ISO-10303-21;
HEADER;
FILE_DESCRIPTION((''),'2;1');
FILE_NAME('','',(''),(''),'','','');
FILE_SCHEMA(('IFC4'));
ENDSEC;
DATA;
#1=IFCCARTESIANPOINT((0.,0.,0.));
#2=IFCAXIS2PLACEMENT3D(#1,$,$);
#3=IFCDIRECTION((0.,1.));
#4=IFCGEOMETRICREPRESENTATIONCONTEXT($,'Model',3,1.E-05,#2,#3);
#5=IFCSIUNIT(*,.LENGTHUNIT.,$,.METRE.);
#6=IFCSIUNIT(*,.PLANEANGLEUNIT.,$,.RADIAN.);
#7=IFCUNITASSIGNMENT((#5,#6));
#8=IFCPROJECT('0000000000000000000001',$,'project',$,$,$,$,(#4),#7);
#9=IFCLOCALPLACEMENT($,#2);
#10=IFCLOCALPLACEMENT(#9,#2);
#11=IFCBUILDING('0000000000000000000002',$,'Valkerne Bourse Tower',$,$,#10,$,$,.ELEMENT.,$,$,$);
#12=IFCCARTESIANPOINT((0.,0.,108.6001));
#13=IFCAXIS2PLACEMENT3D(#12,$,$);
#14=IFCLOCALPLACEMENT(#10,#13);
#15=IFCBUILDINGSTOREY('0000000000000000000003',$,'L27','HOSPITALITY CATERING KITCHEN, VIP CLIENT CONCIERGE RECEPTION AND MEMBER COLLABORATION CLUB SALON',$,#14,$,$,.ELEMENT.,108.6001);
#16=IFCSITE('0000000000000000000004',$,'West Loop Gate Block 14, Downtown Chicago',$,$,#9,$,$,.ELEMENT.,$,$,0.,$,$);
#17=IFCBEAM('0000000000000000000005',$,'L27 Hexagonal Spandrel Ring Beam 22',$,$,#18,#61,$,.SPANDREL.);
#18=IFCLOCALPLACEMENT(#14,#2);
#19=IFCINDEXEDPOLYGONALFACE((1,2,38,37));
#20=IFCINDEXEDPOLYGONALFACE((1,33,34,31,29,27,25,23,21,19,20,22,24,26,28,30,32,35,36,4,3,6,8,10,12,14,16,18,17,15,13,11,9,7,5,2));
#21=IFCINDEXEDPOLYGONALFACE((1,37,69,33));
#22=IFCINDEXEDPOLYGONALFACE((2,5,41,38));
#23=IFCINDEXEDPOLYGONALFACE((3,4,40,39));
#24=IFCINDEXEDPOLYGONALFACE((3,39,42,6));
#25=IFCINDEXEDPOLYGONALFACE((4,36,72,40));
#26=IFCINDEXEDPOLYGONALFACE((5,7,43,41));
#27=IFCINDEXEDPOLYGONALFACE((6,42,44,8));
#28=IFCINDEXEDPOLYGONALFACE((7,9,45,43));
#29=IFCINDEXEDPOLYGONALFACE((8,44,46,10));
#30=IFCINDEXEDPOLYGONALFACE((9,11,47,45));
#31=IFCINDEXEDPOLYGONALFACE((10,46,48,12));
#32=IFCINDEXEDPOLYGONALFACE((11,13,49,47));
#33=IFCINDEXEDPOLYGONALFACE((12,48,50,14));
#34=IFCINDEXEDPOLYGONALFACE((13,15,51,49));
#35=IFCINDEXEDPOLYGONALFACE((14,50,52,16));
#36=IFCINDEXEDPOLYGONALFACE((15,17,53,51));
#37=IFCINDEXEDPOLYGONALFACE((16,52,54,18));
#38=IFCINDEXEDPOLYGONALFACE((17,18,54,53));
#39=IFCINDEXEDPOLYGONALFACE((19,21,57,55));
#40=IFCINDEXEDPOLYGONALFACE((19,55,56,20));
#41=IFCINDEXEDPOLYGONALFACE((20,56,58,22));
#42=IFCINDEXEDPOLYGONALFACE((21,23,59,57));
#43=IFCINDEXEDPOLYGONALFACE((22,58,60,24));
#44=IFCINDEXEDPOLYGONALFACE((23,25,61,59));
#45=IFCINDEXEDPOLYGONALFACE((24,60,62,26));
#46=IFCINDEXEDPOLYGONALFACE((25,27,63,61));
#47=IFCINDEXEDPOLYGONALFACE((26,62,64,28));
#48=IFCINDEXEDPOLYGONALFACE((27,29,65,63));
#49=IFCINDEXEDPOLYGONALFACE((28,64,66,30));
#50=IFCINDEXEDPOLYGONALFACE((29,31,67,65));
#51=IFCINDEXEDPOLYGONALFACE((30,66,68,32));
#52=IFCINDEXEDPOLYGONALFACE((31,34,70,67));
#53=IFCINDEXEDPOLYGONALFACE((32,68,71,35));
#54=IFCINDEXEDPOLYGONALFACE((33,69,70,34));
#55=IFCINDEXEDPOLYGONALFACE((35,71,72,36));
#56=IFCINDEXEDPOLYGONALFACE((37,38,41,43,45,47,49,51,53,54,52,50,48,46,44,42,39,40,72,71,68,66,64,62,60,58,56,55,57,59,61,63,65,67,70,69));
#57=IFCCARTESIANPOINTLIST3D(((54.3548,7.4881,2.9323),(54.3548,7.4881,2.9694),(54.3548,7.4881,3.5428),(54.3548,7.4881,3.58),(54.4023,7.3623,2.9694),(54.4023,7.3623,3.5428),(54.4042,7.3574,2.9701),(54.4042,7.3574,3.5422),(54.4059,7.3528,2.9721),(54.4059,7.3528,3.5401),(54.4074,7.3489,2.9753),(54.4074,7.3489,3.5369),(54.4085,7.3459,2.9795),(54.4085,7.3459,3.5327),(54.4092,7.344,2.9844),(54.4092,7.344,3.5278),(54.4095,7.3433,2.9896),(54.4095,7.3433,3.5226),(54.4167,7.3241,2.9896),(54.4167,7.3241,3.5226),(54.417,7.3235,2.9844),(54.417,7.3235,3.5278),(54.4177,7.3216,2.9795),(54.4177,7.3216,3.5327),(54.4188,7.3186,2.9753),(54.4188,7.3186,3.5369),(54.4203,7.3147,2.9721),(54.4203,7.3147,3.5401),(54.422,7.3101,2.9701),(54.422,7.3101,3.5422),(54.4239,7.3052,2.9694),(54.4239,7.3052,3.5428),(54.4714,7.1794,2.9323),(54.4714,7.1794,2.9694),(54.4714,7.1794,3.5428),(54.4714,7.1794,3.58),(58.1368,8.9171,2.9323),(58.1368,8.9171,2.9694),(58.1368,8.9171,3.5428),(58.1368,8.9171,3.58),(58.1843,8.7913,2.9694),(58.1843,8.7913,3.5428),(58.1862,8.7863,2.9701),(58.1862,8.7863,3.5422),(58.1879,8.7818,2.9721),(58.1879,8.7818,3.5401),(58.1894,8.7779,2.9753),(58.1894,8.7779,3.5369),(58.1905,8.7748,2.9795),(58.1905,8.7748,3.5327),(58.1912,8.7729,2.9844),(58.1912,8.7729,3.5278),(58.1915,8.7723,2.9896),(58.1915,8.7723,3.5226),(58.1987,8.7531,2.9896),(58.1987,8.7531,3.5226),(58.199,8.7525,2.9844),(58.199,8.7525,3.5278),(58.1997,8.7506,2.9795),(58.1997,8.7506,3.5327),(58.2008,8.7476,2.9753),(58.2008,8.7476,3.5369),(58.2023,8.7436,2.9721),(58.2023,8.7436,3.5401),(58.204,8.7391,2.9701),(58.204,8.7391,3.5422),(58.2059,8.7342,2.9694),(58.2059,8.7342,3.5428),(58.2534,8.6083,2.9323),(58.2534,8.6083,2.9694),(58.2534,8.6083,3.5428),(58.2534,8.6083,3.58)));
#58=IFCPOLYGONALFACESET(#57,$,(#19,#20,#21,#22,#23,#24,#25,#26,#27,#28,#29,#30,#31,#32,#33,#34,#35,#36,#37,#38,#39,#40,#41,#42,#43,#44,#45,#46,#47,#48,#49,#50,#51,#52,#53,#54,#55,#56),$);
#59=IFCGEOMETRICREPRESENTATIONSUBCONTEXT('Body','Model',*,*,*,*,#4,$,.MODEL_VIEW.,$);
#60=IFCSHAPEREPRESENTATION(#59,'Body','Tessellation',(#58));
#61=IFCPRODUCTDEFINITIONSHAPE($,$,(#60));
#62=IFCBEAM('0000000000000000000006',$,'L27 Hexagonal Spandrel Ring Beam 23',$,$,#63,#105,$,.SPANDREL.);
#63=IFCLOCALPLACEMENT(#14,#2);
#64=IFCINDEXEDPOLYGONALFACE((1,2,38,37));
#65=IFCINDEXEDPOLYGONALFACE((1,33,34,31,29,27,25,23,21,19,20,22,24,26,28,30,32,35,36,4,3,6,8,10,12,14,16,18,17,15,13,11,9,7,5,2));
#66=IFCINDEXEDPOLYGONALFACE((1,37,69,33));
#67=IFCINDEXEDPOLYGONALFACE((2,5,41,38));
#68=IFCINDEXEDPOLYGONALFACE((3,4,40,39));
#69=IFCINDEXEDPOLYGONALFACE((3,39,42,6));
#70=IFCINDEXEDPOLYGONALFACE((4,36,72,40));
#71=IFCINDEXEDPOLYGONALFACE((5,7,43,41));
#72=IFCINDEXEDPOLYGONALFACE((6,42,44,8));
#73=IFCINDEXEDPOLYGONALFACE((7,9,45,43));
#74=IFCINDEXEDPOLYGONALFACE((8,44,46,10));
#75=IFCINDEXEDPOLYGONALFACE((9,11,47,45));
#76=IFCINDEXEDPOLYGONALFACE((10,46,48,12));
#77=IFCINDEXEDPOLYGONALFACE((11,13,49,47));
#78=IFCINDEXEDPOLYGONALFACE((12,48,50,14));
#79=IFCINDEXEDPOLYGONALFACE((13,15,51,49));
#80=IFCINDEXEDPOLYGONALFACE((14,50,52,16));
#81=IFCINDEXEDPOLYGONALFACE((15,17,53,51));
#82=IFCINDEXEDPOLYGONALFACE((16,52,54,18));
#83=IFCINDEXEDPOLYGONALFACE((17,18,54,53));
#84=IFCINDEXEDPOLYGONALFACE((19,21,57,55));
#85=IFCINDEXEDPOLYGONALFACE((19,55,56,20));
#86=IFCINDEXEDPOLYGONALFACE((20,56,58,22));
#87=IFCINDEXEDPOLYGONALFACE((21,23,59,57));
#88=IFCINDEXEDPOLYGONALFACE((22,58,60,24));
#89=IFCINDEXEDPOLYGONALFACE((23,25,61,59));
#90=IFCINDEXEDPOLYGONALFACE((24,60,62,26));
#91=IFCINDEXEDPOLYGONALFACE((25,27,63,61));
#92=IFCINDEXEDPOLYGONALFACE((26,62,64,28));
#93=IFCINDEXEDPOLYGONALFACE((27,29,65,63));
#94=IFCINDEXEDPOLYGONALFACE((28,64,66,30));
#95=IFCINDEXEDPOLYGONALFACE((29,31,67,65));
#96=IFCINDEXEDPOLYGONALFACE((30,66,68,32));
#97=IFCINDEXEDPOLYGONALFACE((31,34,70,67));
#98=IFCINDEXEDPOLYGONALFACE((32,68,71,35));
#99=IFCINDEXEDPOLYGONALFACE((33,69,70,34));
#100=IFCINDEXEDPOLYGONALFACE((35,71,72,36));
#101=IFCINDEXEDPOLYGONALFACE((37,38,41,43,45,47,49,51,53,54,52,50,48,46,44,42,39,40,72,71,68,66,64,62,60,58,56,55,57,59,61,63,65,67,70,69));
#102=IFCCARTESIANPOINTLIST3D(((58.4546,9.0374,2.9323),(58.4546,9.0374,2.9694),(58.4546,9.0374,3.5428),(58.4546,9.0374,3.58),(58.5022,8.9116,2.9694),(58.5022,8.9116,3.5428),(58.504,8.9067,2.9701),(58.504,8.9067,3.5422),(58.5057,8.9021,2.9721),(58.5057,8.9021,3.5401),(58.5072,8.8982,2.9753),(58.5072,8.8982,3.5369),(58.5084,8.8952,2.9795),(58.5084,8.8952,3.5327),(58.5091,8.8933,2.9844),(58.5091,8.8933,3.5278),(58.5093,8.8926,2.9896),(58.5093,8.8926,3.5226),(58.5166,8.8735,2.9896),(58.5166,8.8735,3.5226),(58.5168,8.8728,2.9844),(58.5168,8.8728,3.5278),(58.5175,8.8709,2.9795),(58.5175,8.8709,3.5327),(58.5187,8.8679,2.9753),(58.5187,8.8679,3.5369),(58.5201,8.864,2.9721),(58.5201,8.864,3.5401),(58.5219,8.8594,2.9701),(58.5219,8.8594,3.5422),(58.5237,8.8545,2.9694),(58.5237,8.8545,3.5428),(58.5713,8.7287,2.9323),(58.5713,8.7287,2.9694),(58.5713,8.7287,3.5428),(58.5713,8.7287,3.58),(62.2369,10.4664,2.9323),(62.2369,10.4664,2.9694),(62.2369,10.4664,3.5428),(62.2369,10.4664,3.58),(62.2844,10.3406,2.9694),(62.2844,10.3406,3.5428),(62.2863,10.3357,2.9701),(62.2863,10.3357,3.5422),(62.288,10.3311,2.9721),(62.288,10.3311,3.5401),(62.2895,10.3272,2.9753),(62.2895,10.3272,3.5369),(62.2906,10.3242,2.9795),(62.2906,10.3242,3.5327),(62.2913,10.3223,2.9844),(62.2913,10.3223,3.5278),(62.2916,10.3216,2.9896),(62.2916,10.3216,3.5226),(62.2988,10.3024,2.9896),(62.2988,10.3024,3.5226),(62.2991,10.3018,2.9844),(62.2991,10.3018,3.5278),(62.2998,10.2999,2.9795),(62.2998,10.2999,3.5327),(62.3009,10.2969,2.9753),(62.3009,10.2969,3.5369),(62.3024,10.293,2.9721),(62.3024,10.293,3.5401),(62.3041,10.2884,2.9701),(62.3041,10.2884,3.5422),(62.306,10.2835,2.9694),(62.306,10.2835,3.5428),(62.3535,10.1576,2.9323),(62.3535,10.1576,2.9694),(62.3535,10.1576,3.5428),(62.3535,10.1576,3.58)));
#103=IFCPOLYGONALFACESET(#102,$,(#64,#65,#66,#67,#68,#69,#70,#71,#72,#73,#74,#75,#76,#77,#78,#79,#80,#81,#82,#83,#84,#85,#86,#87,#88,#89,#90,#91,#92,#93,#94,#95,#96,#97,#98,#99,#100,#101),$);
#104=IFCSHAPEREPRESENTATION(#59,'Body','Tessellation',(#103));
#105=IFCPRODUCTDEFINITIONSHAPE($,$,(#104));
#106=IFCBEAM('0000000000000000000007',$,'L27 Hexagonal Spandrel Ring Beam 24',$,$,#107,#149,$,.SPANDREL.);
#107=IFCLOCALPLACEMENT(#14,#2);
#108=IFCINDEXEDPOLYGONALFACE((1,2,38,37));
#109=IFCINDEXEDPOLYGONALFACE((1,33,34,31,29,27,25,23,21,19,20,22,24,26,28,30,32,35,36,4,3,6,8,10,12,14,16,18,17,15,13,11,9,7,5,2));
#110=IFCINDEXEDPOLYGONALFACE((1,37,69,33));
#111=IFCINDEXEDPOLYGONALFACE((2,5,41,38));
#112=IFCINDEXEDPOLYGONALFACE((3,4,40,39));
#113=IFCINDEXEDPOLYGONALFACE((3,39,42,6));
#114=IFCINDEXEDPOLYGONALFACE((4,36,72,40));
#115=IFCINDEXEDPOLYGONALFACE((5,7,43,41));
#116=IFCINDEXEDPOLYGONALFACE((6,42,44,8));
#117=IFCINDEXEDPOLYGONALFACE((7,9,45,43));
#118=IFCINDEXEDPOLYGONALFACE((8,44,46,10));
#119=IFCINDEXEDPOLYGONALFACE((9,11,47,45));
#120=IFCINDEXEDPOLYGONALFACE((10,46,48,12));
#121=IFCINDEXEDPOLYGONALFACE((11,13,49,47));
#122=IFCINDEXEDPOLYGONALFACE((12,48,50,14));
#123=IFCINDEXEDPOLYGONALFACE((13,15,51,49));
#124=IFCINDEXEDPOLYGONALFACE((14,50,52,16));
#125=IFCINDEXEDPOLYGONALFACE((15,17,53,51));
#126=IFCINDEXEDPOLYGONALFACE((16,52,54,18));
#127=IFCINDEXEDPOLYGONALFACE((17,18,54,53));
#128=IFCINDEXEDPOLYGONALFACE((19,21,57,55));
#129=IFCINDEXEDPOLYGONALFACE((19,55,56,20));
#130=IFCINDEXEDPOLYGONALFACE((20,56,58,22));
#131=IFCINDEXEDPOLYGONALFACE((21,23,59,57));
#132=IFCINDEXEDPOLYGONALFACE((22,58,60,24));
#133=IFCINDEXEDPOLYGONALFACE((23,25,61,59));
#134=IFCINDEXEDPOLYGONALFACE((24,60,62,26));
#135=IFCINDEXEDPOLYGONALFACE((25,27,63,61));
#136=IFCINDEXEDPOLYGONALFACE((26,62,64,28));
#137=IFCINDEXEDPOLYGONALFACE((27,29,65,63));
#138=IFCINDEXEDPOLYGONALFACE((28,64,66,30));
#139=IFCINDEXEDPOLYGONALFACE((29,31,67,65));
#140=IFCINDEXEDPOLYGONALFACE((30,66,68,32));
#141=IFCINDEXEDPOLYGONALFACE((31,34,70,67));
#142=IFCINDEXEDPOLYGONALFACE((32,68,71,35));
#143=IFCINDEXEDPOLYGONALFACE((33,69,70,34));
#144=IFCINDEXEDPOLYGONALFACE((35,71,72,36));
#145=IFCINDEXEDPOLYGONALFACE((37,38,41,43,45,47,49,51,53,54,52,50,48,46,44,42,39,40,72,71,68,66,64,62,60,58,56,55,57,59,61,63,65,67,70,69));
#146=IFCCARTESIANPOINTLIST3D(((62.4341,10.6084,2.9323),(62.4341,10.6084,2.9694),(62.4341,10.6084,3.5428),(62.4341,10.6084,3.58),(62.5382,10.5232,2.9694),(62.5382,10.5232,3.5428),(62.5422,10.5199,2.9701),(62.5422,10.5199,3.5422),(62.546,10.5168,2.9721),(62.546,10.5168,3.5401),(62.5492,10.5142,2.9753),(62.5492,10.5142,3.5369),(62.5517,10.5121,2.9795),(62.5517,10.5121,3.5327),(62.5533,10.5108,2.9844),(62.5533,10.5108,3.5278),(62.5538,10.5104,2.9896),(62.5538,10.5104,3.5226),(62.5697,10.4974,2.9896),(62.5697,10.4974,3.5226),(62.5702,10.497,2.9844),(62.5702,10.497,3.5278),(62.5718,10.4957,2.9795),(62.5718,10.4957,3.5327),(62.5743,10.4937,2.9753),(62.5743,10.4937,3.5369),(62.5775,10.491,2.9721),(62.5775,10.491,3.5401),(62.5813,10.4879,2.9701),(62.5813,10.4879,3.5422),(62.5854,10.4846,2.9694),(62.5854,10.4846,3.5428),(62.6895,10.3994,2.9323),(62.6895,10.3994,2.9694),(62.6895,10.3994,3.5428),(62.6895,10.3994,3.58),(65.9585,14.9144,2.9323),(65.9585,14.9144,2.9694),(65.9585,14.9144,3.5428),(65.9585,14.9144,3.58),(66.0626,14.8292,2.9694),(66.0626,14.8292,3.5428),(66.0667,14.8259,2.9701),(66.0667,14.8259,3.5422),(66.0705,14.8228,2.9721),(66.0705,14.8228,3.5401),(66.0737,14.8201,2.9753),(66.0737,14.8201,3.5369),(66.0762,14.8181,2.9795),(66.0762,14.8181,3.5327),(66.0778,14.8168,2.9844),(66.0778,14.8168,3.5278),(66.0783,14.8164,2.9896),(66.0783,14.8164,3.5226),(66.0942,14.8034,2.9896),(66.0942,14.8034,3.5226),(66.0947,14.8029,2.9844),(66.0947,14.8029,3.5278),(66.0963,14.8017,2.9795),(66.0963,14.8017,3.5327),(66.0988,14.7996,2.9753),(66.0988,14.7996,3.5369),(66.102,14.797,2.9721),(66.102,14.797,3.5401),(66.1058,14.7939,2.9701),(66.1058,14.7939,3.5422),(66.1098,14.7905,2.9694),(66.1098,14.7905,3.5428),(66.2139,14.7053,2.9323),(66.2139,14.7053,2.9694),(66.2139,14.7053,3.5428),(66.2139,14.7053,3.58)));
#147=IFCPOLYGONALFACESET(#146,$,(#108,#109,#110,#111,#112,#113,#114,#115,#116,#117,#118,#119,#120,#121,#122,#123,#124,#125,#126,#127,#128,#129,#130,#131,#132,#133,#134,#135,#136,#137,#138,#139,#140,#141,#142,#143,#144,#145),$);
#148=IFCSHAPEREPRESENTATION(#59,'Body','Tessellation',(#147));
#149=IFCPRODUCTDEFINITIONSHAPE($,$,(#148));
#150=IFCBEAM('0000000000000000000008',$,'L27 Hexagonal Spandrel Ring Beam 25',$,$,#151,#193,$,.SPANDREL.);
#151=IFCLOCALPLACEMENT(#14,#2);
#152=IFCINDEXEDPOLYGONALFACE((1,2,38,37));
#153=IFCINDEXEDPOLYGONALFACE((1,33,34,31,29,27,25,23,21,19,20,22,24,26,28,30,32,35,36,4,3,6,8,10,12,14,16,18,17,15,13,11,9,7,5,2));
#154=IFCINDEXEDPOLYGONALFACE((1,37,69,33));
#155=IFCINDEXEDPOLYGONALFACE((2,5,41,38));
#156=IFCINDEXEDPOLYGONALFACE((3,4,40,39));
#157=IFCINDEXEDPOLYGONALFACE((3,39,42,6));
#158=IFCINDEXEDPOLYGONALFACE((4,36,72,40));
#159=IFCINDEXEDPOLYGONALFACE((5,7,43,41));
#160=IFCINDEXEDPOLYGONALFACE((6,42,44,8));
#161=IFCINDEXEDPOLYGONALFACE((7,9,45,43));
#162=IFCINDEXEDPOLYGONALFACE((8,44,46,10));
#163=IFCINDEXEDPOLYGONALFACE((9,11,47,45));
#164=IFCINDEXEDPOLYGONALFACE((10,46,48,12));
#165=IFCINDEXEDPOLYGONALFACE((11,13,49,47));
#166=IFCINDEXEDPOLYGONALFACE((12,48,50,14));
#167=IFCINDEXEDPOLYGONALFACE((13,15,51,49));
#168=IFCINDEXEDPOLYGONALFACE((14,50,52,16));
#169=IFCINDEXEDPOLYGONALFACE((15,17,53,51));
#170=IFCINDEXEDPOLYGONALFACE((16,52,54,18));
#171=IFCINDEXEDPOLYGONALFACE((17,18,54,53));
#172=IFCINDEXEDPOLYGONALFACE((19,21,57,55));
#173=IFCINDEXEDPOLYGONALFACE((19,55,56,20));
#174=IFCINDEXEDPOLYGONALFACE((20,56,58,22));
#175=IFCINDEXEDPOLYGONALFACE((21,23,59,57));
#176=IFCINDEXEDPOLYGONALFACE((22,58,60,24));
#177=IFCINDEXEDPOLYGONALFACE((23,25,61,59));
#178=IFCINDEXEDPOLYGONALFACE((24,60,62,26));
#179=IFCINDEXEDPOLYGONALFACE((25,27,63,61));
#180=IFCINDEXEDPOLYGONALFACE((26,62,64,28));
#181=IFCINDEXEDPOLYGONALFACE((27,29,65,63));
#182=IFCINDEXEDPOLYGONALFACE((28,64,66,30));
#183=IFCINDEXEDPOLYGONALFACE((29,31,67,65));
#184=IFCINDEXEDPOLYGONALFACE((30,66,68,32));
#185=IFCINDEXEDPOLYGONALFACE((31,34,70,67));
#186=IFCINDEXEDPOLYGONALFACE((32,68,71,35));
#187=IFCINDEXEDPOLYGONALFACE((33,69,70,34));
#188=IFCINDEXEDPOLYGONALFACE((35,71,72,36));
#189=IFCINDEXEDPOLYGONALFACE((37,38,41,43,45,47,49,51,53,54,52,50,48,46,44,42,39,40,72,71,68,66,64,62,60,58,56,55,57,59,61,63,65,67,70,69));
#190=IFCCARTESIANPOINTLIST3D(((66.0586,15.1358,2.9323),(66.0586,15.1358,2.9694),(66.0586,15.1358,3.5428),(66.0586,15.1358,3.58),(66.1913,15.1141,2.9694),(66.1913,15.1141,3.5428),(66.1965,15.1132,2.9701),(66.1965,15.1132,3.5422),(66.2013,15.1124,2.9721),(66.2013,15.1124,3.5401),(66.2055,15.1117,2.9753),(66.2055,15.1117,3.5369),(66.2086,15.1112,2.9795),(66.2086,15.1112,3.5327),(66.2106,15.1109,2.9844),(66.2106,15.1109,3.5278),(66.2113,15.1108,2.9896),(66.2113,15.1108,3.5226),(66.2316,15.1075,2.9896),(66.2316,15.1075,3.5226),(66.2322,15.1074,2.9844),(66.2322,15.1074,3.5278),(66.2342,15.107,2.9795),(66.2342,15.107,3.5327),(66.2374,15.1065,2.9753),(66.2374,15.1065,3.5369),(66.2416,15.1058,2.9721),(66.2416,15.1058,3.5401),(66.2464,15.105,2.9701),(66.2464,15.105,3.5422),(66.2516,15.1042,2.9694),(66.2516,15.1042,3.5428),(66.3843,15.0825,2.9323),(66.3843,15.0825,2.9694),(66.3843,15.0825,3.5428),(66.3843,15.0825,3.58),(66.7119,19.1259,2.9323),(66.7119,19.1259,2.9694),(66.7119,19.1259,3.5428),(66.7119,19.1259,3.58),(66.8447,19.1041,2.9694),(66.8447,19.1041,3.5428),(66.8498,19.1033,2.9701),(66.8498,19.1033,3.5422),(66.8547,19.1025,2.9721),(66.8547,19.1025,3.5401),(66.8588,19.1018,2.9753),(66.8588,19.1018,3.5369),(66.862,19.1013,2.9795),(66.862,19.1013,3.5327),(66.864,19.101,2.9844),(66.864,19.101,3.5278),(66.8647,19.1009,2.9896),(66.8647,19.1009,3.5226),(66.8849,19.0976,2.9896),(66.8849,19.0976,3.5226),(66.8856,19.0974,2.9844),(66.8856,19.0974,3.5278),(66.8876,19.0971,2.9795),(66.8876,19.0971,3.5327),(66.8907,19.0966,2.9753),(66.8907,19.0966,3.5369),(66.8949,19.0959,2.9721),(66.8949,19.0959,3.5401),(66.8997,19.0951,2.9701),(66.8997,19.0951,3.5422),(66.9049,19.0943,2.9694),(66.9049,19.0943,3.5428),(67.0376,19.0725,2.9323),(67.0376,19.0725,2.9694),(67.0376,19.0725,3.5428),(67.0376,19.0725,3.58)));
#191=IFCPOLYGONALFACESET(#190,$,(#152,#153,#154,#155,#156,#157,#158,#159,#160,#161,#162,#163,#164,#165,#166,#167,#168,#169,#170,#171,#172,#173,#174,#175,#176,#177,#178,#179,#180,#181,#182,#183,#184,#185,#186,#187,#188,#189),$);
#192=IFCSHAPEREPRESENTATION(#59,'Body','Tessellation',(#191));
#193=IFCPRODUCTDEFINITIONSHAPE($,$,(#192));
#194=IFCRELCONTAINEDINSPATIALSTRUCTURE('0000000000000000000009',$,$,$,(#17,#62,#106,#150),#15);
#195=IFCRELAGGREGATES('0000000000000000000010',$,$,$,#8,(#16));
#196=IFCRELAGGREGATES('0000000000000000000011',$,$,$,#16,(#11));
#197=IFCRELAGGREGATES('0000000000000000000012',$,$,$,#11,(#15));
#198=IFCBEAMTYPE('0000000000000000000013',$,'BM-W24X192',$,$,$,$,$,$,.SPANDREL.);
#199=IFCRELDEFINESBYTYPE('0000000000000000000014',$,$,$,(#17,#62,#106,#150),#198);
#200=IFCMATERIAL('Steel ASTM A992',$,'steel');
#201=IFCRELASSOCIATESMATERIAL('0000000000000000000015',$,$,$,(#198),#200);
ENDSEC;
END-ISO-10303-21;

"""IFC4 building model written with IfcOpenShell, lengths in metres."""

from ifc_helpers import new_model, si_unit, direction, frame, origin, origin_2d, place, context, subcontext, project, spatial, i_section, extrude, material, material_profile, profile_set, type_object, element, save


model = new_model("IFC4")

# Units and contexts
model_context = context("Model", 3, precision=1e-05, world=origin(), true_north=direction((0.0, 1.0)))
body_context = subcontext(model_context, "Body", "Model", "MODEL_VIEW")
ifc_project = project(units=[si_unit("LENGTHUNIT", "METRE"), si_unit("PLANEANGLEUNIT", "RADIAN")], contexts=[model_context])

# Site, building, storey
site_placement = place(None, origin())
site = spatial("IfcSite", under=ifc_project, at=site_placement, Name="West Loop Gate Block 14, Downtown Chicago", CompositionType="ELEMENT", RefElevation=0.0)
building_placement = place(site_placement, origin())
building = spatial("IfcBuilding", under=site, at=building_placement, Name="Valkerne Bourse Tower", CompositionType="ELEMENT")
storey_placement = place(building_placement, frame((0.0, 0.0, 108.6001)))
storey = spatial("IfcBuildingStorey", under=building, at=storey_placement, Name="L27", Description="HOSPITALITY CATERING KITCHEN, VIP CLIENT CONCIERGE RECEPTION AND MEMBER COLLABORATION CLUB SALON", CompositionType="ELEMENT", Elevation=108.6001)

# Beams
ifc_material_1 = material(Name="Steel ASTM A992", Category="steel")
ifc_material_profile_1 = material_profile(ifc_material_1, i_section(OverallWidth=0.3301, OverallDepth=0.6477, WebThickness=0.0205, FlangeThickness=0.0371, FilletRadius=0.0203, at=origin_2d()), Name="W24X192")
ifc_profile_set_1 = profile_set([ifc_material_profile_1], Name="Steel ASTM A992")
beam_type = type_object("IfcBeamType", Name="BM-W24X192", PredefinedType="SPANDREL", material=ifc_profile_set_1)
beam_1_placement = place(storey_placement, frame((54.4131, 7.3337, 3.2561), z_axis=(0.935455, 0.353445, 0.0), x_axis=(-0.353445, 0.935455, 0.0)))
element("IfcBeam", 1, at=beam_1_placement, inside=storey, type_object=beam_type, Name="L27 Hexagonal Spandrel Ring Beam 22", PredefinedType="SPANDREL", context=body_context, shape_type="SweptSolid", body=[
    extrude(i_section(OverallWidth=0.3301, OverallDepth=0.6477, WebThickness=0.0205, FlangeThickness=0.0371, FilletRadius=0.0203, at=origin_2d()), origin(), (0.0, 0.0, 1.0), 4.043),
])
beam_2_placement = place(storey_placement, frame((58.5129, 8.8831, 3.2561), z_axis=(0.935463, 0.353425, 0.0), x_axis=(-0.353425, 0.935463, 0.0)))
element("IfcBeam", 2, at=beam_2_placement, inside=storey, type_object=beam_type, Name="L27 Hexagonal Spandrel Ring Beam 23", PredefinedType="SPANDREL", context=body_context, shape_type="SweptSolid", body=[
    extrude(i_section(OverallWidth=0.3301, OverallDepth=0.6477, WebThickness=0.0205, FlangeThickness=0.0371, FilletRadius=0.0203, at=origin_2d()), origin(), (0.0, 0.0, 1.0), 4.0432),
])
beam_3_placement = place(storey_placement, frame((62.5618, 10.5039, 3.2561), z_axis=(0.633388, 0.773834, 0.0), x_axis=(-0.773834, 0.633388, 0.0)))
element("IfcBeam", 3, at=beam_3_placement, inside=storey, type_object=beam_type, Name="L27 Hexagonal Spandrel Ring Beam 24", PredefinedType="SPANDREL", context=body_context, shape_type="SweptSolid", body=[
    extrude(i_section(OverallWidth=0.3301, OverallDepth=0.6477, WebThickness=0.0205, FlangeThickness=0.0371, FilletRadius=0.0203, at=origin_2d()), origin(), (0.0, 0.0, 1.0), 5.5645),
])
beam_4_placement = place(storey_placement, frame((66.2214, 15.1091, 3.2561), z_axis=(0.161588, 0.986858, 0.0), x_axis=(-0.986858, 0.161588, 0.0)))
element("IfcBeam", 4, at=beam_4_placement, inside=storey, type_object=beam_type, Name="L27 Hexagonal Spandrel Ring Beam 25", PredefinedType="SPANDREL", context=body_context, shape_type="SweptSolid", body=[
    extrude(i_section(OverallWidth=0.3301, OverallDepth=0.6477, WebThickness=0.0205, FlangeThickness=0.0371, FilletRadius=0.0203, at=origin_2d()), origin(), (0.0, 0.0, 1.0), 4.0432),
])

save(model, "model.ifc")
